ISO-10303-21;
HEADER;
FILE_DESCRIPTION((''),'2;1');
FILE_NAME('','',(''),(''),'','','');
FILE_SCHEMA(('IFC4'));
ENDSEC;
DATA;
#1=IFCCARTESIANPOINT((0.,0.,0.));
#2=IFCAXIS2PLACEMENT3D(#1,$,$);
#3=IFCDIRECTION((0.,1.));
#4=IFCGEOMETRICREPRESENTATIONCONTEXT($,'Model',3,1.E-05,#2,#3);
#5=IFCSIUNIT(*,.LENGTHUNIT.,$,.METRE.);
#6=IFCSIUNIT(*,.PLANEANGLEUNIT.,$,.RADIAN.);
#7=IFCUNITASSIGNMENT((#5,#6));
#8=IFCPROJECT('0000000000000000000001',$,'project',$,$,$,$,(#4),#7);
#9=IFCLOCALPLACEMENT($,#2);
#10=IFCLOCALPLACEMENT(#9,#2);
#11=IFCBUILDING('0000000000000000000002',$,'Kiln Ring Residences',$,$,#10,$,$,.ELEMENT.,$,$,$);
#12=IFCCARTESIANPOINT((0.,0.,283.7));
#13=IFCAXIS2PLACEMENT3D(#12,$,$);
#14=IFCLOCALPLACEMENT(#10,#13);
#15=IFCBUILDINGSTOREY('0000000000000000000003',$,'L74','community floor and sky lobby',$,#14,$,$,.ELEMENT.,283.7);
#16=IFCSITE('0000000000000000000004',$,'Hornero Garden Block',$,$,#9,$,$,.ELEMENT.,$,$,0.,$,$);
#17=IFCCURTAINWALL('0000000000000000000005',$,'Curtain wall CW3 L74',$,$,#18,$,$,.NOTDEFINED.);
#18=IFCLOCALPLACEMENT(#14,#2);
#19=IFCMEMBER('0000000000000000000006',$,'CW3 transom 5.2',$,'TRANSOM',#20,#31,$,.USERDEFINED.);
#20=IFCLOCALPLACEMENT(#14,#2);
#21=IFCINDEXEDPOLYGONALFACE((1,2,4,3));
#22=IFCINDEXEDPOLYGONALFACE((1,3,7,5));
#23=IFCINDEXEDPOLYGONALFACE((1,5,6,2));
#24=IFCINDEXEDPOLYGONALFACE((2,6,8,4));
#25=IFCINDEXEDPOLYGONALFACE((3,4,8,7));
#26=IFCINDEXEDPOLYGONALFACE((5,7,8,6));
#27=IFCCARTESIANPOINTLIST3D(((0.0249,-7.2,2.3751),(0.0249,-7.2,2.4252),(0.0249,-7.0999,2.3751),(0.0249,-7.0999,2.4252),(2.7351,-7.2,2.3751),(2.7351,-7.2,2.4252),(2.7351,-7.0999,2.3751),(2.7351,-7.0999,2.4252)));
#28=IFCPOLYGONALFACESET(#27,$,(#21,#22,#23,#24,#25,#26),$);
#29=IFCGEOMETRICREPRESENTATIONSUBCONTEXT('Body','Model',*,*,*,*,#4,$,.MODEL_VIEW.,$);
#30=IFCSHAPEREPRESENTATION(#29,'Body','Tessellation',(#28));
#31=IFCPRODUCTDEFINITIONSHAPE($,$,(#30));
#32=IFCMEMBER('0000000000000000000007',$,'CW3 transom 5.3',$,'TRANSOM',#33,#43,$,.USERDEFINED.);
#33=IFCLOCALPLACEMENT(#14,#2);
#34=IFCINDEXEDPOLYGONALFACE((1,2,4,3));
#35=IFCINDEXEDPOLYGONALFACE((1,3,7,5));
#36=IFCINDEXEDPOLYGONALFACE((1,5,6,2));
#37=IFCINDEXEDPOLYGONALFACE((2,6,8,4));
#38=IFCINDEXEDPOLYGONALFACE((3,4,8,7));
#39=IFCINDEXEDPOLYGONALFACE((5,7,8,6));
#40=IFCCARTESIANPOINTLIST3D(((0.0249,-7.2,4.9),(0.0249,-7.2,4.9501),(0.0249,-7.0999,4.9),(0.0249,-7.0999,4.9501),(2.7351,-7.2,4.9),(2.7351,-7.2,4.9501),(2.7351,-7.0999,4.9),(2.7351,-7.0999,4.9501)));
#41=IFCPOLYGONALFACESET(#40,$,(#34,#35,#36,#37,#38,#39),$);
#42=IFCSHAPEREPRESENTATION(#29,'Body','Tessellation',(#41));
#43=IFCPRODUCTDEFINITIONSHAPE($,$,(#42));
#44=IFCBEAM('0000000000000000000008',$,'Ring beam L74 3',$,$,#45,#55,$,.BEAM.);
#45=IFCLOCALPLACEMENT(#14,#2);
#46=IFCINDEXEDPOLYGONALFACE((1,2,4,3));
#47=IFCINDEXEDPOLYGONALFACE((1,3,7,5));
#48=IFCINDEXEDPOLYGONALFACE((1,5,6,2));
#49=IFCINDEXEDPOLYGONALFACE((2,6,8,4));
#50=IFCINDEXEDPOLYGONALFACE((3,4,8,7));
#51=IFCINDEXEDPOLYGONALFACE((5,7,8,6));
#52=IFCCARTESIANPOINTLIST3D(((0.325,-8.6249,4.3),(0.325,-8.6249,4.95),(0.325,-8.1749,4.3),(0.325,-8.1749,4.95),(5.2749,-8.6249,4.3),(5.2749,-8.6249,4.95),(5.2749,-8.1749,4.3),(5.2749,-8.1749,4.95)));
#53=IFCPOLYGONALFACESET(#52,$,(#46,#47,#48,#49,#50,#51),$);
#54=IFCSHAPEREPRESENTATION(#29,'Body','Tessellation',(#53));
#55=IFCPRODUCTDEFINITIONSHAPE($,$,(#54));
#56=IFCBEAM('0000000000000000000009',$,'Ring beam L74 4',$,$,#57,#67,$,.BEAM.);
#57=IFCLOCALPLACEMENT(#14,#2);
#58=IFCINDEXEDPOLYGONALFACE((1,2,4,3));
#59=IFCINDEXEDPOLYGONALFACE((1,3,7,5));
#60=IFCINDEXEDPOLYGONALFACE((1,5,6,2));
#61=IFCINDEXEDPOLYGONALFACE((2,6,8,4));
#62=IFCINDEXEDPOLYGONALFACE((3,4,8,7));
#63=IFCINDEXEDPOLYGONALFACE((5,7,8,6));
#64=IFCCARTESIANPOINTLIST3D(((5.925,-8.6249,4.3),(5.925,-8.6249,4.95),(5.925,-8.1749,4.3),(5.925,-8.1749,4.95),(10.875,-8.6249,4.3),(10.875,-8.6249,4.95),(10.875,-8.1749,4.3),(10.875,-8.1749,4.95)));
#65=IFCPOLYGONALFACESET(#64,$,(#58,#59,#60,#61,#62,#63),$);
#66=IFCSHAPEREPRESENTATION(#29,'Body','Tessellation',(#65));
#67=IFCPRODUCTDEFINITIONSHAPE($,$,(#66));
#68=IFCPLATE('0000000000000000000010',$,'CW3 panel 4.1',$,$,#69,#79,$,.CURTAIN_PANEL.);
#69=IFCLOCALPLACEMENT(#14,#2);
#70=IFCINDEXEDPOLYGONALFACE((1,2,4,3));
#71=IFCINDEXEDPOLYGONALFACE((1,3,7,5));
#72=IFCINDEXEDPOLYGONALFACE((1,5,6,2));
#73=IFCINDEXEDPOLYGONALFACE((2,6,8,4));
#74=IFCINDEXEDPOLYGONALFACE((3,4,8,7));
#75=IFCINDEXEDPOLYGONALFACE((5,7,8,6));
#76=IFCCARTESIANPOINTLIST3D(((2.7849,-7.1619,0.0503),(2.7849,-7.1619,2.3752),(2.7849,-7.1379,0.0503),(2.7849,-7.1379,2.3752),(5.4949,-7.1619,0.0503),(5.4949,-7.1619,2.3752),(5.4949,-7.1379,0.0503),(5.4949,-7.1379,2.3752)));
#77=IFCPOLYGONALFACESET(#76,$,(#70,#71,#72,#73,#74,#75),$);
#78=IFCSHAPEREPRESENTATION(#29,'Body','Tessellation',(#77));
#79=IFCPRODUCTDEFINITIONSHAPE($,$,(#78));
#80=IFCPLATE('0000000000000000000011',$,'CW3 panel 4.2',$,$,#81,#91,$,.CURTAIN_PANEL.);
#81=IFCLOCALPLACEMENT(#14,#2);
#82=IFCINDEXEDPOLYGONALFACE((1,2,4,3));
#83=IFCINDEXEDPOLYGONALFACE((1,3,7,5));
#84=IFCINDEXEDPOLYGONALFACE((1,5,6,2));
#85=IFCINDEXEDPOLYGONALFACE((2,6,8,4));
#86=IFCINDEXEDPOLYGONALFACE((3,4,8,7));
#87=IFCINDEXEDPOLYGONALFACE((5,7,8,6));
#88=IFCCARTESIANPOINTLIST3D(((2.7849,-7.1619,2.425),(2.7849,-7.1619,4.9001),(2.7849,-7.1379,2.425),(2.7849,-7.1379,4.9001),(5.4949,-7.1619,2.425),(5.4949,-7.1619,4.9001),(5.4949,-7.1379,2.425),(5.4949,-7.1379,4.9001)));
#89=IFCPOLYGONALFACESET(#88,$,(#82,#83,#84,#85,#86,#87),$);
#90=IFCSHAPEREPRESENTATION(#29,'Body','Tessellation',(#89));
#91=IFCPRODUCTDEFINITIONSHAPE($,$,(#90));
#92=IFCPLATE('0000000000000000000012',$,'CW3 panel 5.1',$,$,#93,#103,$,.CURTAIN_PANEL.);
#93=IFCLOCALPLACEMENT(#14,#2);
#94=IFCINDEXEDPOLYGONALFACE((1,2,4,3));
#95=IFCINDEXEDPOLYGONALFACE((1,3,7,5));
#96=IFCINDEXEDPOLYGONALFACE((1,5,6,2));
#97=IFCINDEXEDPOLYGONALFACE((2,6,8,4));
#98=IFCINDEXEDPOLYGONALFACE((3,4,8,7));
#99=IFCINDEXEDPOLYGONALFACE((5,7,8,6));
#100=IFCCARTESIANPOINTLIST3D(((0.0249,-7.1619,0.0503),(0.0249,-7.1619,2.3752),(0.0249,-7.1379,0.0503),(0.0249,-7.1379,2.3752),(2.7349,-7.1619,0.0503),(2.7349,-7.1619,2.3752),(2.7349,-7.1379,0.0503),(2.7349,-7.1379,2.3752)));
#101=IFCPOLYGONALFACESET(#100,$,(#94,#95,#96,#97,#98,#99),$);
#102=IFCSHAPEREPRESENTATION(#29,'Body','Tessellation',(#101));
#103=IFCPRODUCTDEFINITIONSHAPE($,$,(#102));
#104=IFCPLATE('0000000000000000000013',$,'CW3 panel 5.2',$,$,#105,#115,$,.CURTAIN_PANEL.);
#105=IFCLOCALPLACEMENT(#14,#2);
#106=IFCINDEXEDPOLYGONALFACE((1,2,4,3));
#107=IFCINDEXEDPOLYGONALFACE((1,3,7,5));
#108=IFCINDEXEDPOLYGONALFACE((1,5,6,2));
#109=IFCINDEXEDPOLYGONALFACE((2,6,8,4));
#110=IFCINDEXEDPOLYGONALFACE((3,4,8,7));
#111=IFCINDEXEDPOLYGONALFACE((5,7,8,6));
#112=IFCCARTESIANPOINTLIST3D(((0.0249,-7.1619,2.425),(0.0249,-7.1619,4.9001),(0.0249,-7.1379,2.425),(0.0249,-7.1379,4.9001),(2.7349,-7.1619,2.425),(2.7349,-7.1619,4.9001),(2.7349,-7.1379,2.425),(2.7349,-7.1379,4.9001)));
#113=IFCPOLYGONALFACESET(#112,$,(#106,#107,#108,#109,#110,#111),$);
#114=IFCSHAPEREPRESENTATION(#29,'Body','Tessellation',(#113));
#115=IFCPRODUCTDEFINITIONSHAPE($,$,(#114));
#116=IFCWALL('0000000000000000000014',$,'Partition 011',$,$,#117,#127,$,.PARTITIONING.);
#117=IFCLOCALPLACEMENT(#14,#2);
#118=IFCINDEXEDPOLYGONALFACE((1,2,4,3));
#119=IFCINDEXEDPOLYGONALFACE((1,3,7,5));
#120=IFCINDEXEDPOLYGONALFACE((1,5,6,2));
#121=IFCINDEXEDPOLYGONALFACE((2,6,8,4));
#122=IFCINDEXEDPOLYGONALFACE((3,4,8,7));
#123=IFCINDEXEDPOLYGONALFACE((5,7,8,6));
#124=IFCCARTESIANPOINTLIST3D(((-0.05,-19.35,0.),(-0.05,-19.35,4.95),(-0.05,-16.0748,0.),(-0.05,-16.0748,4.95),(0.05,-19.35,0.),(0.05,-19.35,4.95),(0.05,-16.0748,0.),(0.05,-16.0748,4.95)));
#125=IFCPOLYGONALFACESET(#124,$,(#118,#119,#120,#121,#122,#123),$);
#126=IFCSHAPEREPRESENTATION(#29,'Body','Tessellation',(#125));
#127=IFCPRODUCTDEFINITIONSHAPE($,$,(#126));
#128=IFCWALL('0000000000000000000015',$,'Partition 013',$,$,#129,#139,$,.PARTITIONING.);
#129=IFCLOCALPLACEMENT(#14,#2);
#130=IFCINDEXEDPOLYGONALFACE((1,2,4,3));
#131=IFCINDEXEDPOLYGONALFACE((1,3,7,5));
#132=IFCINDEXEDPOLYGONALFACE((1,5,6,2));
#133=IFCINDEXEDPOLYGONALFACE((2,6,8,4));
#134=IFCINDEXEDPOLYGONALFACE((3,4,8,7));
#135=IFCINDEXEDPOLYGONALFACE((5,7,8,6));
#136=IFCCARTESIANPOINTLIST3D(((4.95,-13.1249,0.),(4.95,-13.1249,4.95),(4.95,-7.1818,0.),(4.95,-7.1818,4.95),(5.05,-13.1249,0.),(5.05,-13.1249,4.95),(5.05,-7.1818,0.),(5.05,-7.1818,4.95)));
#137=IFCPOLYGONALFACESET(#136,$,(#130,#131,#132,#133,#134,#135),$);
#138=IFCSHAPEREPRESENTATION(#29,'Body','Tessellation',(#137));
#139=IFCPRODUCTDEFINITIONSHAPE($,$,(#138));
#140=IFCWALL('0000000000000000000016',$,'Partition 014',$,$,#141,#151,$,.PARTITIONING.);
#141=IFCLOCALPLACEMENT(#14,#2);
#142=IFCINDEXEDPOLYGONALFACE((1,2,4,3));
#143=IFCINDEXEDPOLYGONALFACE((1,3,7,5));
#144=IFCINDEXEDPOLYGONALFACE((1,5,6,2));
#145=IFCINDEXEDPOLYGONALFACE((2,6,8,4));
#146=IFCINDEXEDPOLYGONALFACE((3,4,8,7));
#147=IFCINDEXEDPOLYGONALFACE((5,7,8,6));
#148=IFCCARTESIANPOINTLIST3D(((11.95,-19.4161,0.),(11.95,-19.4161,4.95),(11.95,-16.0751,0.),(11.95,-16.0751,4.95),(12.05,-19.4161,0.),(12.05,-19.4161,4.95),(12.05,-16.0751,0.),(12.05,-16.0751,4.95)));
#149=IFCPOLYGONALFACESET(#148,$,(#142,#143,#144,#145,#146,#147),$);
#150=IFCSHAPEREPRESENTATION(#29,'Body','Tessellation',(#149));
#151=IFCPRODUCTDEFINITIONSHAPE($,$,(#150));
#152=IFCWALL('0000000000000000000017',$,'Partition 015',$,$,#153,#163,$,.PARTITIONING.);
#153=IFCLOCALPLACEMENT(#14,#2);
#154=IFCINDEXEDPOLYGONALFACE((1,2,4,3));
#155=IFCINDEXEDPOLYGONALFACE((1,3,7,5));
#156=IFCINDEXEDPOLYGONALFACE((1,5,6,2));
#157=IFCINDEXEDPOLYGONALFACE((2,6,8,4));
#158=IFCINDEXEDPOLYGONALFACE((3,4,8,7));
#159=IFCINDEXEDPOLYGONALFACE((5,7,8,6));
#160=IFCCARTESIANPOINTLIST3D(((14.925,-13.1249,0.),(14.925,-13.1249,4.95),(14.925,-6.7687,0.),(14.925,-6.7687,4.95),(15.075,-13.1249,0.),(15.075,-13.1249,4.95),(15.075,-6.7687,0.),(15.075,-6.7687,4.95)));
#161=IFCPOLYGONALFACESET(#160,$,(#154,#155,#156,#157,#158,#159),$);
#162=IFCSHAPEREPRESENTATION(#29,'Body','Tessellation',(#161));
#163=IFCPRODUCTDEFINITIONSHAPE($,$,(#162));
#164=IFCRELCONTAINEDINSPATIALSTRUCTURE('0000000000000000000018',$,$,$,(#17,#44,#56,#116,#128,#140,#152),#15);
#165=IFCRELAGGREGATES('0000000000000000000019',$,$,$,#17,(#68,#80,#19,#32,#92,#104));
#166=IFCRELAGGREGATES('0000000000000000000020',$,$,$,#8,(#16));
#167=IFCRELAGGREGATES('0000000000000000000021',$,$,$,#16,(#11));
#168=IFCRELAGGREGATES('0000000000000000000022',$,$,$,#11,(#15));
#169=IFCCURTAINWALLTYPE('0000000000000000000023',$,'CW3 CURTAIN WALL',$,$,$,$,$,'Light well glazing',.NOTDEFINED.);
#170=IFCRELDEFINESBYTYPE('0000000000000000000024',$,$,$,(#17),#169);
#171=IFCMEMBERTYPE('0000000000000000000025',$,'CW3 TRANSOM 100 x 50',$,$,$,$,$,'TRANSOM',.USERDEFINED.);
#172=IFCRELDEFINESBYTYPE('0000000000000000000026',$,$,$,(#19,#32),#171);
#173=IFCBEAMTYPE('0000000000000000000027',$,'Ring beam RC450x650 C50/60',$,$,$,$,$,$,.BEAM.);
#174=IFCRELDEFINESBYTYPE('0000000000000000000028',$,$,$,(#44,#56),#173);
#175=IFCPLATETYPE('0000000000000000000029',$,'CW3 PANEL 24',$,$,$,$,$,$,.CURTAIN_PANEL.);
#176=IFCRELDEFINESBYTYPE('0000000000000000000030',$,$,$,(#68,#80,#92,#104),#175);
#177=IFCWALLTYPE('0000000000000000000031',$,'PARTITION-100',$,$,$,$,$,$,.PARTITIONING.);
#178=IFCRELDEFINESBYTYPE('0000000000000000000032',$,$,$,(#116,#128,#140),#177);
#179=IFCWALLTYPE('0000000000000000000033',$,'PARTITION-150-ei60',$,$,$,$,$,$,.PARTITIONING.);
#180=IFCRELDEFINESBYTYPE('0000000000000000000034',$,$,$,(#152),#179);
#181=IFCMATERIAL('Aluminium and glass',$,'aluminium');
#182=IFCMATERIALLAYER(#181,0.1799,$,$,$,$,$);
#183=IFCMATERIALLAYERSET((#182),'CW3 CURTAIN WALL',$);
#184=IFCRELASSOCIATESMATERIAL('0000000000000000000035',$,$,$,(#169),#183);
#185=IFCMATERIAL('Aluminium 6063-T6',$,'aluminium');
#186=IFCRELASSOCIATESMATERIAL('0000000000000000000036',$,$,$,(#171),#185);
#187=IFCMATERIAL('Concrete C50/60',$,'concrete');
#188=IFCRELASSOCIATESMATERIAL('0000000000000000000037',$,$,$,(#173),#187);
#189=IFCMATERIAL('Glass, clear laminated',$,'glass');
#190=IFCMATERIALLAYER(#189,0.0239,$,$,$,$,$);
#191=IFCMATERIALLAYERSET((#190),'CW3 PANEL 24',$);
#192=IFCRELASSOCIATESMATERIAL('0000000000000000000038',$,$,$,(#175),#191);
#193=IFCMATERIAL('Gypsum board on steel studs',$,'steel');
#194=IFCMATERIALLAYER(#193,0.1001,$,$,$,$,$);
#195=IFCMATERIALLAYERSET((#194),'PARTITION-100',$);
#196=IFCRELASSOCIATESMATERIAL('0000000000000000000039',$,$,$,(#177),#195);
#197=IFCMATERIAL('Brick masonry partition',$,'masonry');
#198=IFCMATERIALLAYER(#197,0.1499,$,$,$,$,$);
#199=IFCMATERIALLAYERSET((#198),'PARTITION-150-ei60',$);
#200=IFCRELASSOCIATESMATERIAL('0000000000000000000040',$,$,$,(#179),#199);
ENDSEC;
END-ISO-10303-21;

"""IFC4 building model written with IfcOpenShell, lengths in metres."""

from ifc_helpers import new_model, si_unit, direction, frame, frame_2d, origin, origin_2d, place, context, subcontext, project, spatial, rectangle, extrude, material, layer, layer_set, material_profile, profile_set, type_object, element, aggregate, save


model = new_model("IFC4")

# Units and contexts
model_context = context("Model", 3, precision=1e-05, world=origin(), true_north=direction((0.0, 1.0)))
body_context = subcontext(model_context, "Body", "Model", "MODEL_VIEW")
ifc_project = project(units=[si_unit("LENGTHUNIT", "METRE"), si_unit("PLANEANGLEUNIT", "RADIAN")], contexts=[model_context])

# Site, building, storey
site_placement = place(None, origin())
site = spatial("IfcSite", under=ifc_project, at=site_placement, Name="Hornero Garden Block", CompositionType="ELEMENT", RefElevation=0.0)
building_placement = place(site_placement, origin())
building = spatial("IfcBuilding", under=site, at=building_placement, Name="Kiln Ring Residences", CompositionType="ELEMENT")
storey_placement = place(building_placement, frame((0.0, 0.0, 283.7)))
storey = spatial("IfcBuildingStorey", under=building, at=storey_placement, Name="L74", Description="community floor and sky lobby", CompositionType="ELEMENT", Elevation=283.7)

# Shared definitions
placement = place(storey_placement, origin())

# Curtain wall, members
ifc_material_1 = material(Name="Aluminium and glass", Category="aluminium")
ifc_layer_1 = layer(ifc_material_1, 0.1799)
ifc_layer_set_1 = layer_set([ifc_layer_1], Name="CW3 CURTAIN WALL")
curtain_wall_type_1 = type_object("IfcCurtainWallType", Name="CW3 CURTAIN WALL", ElementType="Light well glazing", PredefinedType="NOTDEFINED", material=ifc_layer_set_1)
curtain_wall_1 = element("IfcCurtainWall", 1, at=placement, inside=storey, type_object=curtain_wall_type_1, Name="Curtain wall CW3 L74", PredefinedType="NOTDEFINED")
ifc_material_2 = material(Name="Aluminium 6063-T6", Category="aluminium")
ifc_material_profile_1 = material_profile(ifc_material_2, rectangle(XDim=0.1001, YDim=0.05, at=origin_2d()), Name="AL 100x50")
ifc_profile_set_1 = profile_set([ifc_material_profile_1], Name="Aluminium 6063-T6")
member_type_1 = type_object("IfcMemberType", Name="CW3 TRANSOM 100 x 50", ElementType="TRANSOM", PredefinedType="USERDEFINED", material=ifc_profile_set_1)
member_1_placement = place(storey_placement, frame((2.7351, -7.1499, 2.4001), z_axis=(-1.0, 0.0, 0.0), x_axis=(0.0, -1.0, 0.0)))
member_1 = element("IfcMember", 2, at=member_1_placement, type_object=member_type_1, Name="CW3 transom 5.2", ObjectType="TRANSOM", PredefinedType="USERDEFINED", context=body_context, shape_type="SweptSolid", body=[
    extrude(rectangle(XDim=0.1001, YDim=0.05, at=origin_2d()), origin(), (0.0, 0.0, 1.0), 2.7102),
])
member_2_placement = place(storey_placement, frame((2.7351, -7.1499, 4.925), z_axis=(-1.0, 0.0, 0.0), x_axis=(0.0, -1.0, 0.0)))
member_2 = element("IfcMember", 3, at=member_2_placement, type_object=member_type_1, Name="CW3 transom 5.3", ObjectType="TRANSOM", PredefinedType="USERDEFINED", context=body_context, shape_type="SweptSolid", body=[
    extrude(rectangle(XDim=0.1001, YDim=0.05, at=origin_2d()), origin(), (0.0, 0.0, 1.0), 2.7102),
])

# Beams
ifc_material_3 = material(Name="Concrete C50/60", Category="concrete")
ifc_material_profile_2 = material_profile(ifc_material_3, rectangle(XDim=0.45, YDim=0.6499, at=origin_2d()), Name="RC450x650")
ifc_profile_set_2 = profile_set([ifc_material_profile_2], Name="Concrete C50/60")
beam_type = type_object("IfcBeamType", Name="Ring beam RC450x650 C50/60", PredefinedType="BEAM", material=ifc_profile_set_2)
for number, where, z_axis, x_axis, name in (
    (4, (0.325, -8.3999, 4.625), (1.0, 0.0, 0.0), (0.0, 1.0, 0.0), "Ring beam L74 3"),
    (5, (5.925, -8.3999, 4.625), (1.0, 0.0, 0.0), (0.0, 1.0, 0.0), "Ring beam L74 4"),
):
    element("IfcBeam", number, at=place(storey_placement, frame(where, z_axis=z_axis, x_axis=x_axis)), inside=storey, type_object=beam_type, Name=name, PredefinedType="BEAM", context=body_context, shape_type="SweptSolid", body=[
        extrude(rectangle(XDim=0.45, YDim=0.6499, at=origin_2d()), origin(), (0.0, 0.0, 1.0), 4.95),
    ])

# Plates
ifc_material_4 = material(Name="Glass, clear laminated", Category="glass")
ifc_layer_2 = layer(ifc_material_4, 0.0239)
ifc_layer_set_2 = layer_set([ifc_layer_2], Name="CW3 PANEL 24")
plate_type = type_object("IfcPlateType", Name="CW3 PANEL 24", PredefinedType="CURTAIN_PANEL", material=ifc_layer_set_2)
plate_1_placement = place(storey_placement, frame((4.1399, -7.1499, 0.0503), z_axis=(0.0, 0.0, 1.0), x_axis=(-1.0, 0.0, 0.0)))
plate_1 = element("IfcPlate", 6, at=plate_1_placement, type_object=plate_type, Name="CW3 panel 4.1", PredefinedType="CURTAIN_PANEL", context=body_context, shape_type="SweptSolid", body=[
    extrude(rectangle(XDim=2.71, YDim=0.0239, at=origin_2d()), origin(), (0.0, 0.0, 1.0), 2.325),
])
plate_2_placement = place(storey_placement, frame((4.1399, -7.1499, 2.425), z_axis=(0.0, 0.0, 1.0), x_axis=(-1.0, 0.0, 0.0)))
plate_2 = element("IfcPlate", 7, at=plate_2_placement, type_object=plate_type, Name="CW3 panel 4.2", PredefinedType="CURTAIN_PANEL", context=body_context, shape_type="SweptSolid", body=[
    extrude(rectangle(XDim=2.71, YDim=0.0239, at=origin_2d()), origin(), (0.0, 0.0, 1.0), 2.4751),
])
plate_3_placement = place(storey_placement, frame((1.3799, -7.1499, 0.0503), z_axis=(0.0, 0.0, 1.0), x_axis=(-1.0, 0.0, 0.0)))
plate_3 = element("IfcPlate", 8, at=plate_3_placement, type_object=plate_type, Name="CW3 panel 5.1", PredefinedType="CURTAIN_PANEL", context=body_context, shape_type="SweptSolid", body=[
    extrude(rectangle(XDim=2.71, YDim=0.0239, at=origin_2d()), origin(), (0.0, 0.0, 1.0), 2.325),
])
plate_4_placement = place(storey_placement, frame((1.3799, -7.1499, 2.425), z_axis=(0.0, 0.0, 1.0), x_axis=(-1.0, 0.0, 0.0)))
plate_4 = element("IfcPlate", 9, at=plate_4_placement, type_object=plate_type, Name="CW3 panel 5.2", PredefinedType="CURTAIN_PANEL", context=body_context, shape_type="SweptSolid", body=[
    extrude(rectangle(XDim=2.71, YDim=0.0239, at=origin_2d()), origin(), (0.0, 0.0, 1.0), 2.4751),
])
aggregate(curtain_wall_1, [plate_1, plate_2, member_1, member_2, plate_3, plate_4])

# Walls
ifc_material_5 = material(Name="Gypsum board on steel studs", Category="steel")
ifc_layer_3 = layer(ifc_material_5, 0.1001)
ifc_layer_set_3 = layer_set([ifc_layer_3], Name="PARTITION-100")
wall_type_1 = type_object("IfcWallType", Name="PARTITION-100", PredefinedType="PARTITIONING", material=ifc_layer_set_3)
wall_1_placement = place(storey_placement, frame((0.0, -19.3501, 0.0), z_axis=(0.0, 0.0, 1.0), x_axis=(0.0, 1.0, 0.0)))
element("IfcWall", 10, at=wall_1_placement, inside=storey, type_object=wall_type_1, Name="Partition 011", PredefinedType="PARTITIONING", context=body_context, shape_type="SweptSolid", body=[
    extrude(rectangle(XDim=3.2751, YDim=0.1001, at=frame_2d((1.6377, 0.0))), origin(), (0.0, 0.0, 1.0), 4.95),
])
wall_2_placement = place(storey_placement, frame((5.0, -13.125, 0.0), z_axis=(0.0, 0.0, 1.0), x_axis=(0.0, 1.0, 0.0)))
element("IfcWall", 11, at=wall_2_placement, inside=storey, type_object=wall_type_1, Name="Partition 013", PredefinedType="PARTITIONING", context=body_context, shape_type="SweptSolid", body=[
    extrude(rectangle(XDim=5.9431, YDim=0.1001, at=frame_2d((2.9717, 0.0))), origin(), (0.0, 0.0, 1.0), 4.95),
])
wall_3_placement = place(storey_placement, frame((12.0, -19.416, 0.0), z_axis=(0.0, 0.0, 1.0), x_axis=(0.0, 1.0, 0.0)))
element("IfcWall", 12, at=wall_3_placement, inside=storey, type_object=wall_type_1, Name="Partition 014", PredefinedType="PARTITIONING", context=body_context, shape_type="SweptSolid", body=[
    extrude(rectangle(XDim=3.3411, YDim=0.1001, at=frame_2d((1.6704, 0.0))), origin(), (0.0, 0.0, 1.0), 4.95),
])
ifc_material_6 = material(Name="Brick masonry partition", Category="masonry")
ifc_layer_4 = layer(ifc_material_6, 0.1499)
ifc_layer_set_4 = layer_set([ifc_layer_4], Name="PARTITION-150-ei60")
wall_type_2 = type_object("IfcWallType", Name="PARTITION-150-ei60", PredefinedType="PARTITIONING", material=ifc_layer_set_4)
wall_4_placement = place(storey_placement, frame((15.0, -13.125, 0.0), z_axis=(0.0, 0.0, 1.0), x_axis=(0.0, 1.0, 0.0)))
element("IfcWall", 13, at=wall_4_placement, inside=storey, type_object=wall_type_2, Name="Partition 015", PredefinedType="PARTITIONING", context=body_context, shape_type="SweptSolid", body=[
    extrude(rectangle(XDim=6.3562, YDim=0.1499, at=frame_2d((3.1782, 0.0))), origin(), (0.0, 0.0, 1.0), 4.95),
])

save(model, "model.ifc")
